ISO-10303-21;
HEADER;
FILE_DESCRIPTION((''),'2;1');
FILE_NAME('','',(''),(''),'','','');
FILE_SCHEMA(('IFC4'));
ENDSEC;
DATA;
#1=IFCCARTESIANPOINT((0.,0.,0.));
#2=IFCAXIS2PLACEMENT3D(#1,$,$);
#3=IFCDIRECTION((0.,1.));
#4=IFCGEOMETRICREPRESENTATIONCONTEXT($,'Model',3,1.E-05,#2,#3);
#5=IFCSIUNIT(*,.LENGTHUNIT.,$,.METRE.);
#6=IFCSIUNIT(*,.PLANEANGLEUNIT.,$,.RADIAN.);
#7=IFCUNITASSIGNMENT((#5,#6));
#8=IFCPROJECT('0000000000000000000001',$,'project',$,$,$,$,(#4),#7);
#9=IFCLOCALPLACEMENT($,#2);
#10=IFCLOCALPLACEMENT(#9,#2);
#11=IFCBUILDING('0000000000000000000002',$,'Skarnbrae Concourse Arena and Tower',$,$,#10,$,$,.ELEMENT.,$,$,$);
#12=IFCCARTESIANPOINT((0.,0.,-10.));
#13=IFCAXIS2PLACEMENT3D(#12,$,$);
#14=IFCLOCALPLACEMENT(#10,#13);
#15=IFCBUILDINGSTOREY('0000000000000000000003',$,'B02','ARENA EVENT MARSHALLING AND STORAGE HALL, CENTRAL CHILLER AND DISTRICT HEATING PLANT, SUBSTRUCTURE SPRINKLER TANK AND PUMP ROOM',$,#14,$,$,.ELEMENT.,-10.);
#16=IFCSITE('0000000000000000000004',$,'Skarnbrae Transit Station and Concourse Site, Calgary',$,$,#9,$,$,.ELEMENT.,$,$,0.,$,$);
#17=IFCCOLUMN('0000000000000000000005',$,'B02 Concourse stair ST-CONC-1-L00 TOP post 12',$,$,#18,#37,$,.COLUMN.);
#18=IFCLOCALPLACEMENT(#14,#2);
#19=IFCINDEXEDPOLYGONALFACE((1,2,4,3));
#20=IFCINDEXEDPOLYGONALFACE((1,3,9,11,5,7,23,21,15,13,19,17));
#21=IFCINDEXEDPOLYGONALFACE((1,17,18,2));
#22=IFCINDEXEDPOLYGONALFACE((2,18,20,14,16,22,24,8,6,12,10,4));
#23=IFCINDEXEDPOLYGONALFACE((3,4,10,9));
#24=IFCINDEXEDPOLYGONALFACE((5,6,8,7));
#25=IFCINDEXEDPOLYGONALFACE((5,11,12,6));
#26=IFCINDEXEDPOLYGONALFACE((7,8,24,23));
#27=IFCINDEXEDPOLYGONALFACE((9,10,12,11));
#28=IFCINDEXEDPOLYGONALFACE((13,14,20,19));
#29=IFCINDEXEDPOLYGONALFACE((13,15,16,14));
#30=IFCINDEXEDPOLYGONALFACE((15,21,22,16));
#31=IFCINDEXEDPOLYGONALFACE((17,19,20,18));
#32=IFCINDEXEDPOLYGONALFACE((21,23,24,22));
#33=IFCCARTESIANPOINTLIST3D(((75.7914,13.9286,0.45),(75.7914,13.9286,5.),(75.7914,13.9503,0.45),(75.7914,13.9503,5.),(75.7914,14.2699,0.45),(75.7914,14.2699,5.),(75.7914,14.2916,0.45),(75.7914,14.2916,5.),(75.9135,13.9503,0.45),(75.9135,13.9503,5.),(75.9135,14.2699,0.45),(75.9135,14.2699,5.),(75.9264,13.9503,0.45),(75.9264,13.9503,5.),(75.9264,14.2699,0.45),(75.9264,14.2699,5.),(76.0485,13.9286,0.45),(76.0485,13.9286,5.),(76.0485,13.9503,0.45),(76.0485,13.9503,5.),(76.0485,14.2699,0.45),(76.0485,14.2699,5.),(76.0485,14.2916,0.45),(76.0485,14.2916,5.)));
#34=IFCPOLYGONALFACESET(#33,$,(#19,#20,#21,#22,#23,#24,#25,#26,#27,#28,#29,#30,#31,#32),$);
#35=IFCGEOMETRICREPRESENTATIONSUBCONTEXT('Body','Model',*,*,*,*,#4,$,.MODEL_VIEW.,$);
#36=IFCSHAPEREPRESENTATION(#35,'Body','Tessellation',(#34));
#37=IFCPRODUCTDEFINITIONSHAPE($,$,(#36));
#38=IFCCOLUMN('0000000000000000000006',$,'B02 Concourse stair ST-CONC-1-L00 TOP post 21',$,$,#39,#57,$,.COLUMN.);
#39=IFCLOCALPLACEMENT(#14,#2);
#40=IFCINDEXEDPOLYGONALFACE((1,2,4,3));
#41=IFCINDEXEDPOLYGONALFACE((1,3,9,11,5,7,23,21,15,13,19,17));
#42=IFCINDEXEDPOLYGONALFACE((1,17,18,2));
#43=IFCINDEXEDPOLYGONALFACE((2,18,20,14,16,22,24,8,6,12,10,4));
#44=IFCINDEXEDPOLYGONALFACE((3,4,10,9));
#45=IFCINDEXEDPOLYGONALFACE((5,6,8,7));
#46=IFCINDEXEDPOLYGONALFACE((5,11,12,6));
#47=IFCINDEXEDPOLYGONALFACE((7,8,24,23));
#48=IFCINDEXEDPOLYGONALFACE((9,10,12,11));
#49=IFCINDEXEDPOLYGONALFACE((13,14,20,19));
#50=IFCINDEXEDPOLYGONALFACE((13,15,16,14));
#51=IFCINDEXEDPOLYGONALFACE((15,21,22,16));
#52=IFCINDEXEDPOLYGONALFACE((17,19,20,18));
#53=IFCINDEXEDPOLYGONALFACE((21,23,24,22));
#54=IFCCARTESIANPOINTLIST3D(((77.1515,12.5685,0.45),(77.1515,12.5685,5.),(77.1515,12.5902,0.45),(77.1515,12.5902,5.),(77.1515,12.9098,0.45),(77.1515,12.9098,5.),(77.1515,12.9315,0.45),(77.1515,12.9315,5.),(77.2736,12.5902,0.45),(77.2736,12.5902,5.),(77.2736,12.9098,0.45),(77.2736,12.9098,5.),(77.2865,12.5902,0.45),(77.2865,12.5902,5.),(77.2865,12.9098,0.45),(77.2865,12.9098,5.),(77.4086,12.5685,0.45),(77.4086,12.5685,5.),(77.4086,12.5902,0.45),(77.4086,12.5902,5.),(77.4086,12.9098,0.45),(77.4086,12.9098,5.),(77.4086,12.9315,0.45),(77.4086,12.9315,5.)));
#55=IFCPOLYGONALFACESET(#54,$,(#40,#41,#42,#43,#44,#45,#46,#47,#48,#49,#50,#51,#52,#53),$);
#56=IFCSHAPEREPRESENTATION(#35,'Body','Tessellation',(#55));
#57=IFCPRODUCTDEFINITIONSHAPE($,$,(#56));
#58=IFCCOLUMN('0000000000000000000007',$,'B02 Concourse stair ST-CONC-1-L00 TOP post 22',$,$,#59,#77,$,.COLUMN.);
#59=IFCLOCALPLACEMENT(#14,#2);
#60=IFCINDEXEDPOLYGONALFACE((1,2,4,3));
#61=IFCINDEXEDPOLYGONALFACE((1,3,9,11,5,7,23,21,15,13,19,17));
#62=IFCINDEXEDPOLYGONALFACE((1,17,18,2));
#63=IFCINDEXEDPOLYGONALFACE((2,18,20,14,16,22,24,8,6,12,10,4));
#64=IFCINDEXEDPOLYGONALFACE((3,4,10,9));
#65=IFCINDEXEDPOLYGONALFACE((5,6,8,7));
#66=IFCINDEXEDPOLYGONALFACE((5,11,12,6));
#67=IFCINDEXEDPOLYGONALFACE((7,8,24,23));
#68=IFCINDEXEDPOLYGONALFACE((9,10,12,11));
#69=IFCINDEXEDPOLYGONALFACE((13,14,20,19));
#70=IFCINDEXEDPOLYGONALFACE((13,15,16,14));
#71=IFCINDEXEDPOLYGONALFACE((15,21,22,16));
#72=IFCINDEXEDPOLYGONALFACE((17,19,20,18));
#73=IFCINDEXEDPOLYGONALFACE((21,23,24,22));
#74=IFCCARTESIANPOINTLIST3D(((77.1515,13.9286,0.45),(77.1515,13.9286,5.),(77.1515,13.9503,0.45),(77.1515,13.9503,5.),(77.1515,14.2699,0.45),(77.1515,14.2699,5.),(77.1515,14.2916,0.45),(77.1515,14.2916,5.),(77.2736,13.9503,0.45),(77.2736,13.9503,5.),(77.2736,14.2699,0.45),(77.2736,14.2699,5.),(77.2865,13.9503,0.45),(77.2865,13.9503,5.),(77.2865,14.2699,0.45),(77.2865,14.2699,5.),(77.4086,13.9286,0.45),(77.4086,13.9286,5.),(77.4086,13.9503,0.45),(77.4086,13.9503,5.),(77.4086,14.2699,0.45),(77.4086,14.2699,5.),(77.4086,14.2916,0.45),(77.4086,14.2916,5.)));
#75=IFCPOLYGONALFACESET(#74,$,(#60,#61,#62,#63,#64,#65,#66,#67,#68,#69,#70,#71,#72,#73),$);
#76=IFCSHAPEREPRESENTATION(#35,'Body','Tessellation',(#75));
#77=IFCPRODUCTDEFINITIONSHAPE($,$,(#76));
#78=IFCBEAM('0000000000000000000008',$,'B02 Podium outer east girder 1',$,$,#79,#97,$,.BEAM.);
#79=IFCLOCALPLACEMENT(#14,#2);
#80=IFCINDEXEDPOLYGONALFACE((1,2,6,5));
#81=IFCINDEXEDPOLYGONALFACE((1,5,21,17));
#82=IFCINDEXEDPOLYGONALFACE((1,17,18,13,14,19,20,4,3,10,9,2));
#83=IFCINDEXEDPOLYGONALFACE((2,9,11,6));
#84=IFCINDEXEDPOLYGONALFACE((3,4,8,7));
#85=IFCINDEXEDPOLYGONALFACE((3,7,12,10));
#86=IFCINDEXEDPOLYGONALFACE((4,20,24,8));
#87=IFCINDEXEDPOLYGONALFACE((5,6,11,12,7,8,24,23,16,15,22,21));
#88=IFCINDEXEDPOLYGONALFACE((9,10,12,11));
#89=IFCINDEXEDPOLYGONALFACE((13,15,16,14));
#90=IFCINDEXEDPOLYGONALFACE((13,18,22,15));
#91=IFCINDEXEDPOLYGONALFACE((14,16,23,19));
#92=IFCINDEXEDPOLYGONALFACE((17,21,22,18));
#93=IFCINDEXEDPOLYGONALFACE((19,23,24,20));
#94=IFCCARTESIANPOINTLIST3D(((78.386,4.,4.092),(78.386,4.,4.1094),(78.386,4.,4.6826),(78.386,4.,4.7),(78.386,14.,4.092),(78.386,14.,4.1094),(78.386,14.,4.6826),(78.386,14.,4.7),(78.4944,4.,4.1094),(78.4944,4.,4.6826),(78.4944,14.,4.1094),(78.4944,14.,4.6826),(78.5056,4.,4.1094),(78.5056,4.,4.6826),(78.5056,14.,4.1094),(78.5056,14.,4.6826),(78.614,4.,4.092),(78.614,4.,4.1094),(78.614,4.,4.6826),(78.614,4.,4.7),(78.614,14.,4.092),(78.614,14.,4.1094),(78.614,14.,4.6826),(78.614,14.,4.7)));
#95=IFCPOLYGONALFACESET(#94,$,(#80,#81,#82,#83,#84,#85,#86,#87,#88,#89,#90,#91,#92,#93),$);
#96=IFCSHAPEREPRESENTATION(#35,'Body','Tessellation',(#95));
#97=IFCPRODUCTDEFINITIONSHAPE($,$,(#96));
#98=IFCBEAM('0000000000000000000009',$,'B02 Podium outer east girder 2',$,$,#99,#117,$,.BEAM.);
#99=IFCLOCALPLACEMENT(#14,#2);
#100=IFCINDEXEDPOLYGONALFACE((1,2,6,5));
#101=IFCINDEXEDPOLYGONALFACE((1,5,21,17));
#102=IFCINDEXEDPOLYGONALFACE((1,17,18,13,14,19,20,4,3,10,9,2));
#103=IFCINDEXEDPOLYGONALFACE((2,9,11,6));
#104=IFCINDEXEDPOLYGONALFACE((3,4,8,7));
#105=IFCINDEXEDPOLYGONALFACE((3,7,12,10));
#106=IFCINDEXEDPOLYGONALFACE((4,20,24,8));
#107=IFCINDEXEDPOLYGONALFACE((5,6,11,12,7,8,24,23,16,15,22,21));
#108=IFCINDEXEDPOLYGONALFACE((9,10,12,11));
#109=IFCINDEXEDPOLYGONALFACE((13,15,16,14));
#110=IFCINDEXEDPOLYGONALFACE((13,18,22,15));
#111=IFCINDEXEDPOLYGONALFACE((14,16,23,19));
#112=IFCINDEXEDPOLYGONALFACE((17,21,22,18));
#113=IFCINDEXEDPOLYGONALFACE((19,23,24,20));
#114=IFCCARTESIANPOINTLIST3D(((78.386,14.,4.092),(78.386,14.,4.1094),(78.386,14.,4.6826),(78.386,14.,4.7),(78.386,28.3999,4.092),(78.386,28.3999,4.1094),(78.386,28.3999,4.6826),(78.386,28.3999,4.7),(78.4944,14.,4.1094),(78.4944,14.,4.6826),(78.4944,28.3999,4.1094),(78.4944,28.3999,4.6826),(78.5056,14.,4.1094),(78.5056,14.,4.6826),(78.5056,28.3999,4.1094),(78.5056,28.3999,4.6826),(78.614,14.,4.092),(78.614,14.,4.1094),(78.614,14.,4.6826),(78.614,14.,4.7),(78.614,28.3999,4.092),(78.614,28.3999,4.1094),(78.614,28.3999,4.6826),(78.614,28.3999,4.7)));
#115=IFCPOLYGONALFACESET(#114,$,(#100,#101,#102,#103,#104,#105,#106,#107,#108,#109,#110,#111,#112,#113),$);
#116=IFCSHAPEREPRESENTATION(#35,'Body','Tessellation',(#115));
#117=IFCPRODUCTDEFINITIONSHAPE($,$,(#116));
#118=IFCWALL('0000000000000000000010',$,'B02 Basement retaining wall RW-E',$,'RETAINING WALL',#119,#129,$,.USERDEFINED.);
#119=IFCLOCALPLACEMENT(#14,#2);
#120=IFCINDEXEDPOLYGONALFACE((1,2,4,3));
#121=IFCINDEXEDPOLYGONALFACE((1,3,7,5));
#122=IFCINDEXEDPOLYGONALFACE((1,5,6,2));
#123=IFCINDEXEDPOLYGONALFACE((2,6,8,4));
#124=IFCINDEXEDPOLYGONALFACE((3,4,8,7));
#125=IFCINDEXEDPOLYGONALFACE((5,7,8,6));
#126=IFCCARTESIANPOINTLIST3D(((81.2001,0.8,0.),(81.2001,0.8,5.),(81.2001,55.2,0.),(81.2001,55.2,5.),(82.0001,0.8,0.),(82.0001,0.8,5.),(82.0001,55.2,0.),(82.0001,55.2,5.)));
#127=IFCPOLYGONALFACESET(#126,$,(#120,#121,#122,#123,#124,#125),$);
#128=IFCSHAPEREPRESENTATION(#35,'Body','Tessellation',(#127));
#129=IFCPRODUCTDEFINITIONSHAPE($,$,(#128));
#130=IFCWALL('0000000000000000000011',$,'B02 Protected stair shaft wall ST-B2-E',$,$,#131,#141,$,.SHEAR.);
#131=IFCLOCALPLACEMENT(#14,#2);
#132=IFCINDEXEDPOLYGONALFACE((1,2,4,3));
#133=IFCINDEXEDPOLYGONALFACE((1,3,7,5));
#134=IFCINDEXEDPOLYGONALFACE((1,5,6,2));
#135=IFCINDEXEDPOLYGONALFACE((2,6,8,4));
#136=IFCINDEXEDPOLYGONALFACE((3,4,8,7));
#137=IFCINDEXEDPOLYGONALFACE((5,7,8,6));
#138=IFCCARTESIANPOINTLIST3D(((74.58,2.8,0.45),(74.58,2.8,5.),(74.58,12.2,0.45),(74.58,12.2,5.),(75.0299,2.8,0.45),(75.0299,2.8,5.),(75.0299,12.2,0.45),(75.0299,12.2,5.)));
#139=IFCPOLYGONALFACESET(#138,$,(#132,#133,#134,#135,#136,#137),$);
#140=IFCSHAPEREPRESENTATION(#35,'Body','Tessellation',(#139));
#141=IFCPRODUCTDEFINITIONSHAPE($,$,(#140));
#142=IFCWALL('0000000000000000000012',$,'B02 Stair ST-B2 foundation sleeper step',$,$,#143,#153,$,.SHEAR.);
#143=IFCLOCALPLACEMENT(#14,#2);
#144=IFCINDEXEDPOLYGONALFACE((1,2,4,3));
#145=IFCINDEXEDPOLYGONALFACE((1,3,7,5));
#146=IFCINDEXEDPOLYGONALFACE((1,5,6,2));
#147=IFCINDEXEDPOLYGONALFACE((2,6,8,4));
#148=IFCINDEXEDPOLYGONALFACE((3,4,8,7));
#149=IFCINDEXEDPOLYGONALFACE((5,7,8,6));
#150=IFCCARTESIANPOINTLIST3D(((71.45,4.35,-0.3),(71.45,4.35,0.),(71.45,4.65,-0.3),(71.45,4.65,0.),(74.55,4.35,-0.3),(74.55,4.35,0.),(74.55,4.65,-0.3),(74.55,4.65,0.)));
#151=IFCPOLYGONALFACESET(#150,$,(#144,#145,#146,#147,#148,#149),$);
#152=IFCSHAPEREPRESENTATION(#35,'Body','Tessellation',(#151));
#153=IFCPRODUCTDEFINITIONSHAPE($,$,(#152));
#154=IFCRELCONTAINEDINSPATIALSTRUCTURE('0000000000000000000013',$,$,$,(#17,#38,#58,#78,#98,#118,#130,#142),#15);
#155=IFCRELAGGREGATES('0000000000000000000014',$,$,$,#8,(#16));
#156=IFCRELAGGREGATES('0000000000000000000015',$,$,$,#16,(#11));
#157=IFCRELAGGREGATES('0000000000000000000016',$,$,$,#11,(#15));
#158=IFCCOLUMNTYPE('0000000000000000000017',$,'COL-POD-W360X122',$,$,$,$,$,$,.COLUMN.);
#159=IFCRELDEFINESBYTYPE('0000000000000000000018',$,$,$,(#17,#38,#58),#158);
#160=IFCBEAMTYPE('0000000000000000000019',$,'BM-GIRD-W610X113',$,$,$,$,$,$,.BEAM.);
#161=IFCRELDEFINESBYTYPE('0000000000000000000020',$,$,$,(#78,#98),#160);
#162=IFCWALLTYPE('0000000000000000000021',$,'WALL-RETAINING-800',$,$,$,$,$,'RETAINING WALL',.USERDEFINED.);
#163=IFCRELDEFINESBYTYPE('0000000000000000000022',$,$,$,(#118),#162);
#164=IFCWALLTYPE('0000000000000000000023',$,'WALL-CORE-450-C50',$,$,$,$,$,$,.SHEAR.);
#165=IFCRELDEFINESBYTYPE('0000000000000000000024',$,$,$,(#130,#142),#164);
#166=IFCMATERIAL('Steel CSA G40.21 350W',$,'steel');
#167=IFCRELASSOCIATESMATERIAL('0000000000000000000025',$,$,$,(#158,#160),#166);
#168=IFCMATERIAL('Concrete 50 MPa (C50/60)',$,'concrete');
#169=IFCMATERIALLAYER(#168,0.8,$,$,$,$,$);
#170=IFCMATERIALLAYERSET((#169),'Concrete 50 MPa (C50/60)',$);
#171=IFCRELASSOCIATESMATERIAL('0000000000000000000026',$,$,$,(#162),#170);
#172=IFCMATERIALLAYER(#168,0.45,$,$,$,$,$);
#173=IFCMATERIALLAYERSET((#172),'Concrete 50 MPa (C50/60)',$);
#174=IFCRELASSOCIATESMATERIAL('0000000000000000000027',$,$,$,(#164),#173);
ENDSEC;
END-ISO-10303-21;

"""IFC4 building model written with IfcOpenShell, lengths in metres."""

from ifc_helpers import new_model, si_unit, direction, frame, frame_2d, origin, origin_2d, place, context, subcontext, project, spatial, rectangle, i_section, extrude, source, transform, mapped, material, layer, layer_set, material_profile, profile_set, type_object, element, save


model = new_model("IFC4")

# Units and contexts
model_context = context("Model", 3, precision=1e-05, world=origin(), true_north=direction((0.0, 1.0)))
body_context = subcontext(model_context, "Body", "Model", "MODEL_VIEW")
ifc_project = project(units=[si_unit("LENGTHUNIT", "METRE"), si_unit("PLANEANGLEUNIT", "RADIAN")], contexts=[model_context])

# Site, building, storey
site_placement = place(None, origin())
site = spatial("IfcSite", under=ifc_project, at=site_placement, Name="Skarnbrae Transit Station and Concourse Site, Calgary", CompositionType="ELEMENT", RefElevation=0.0)
building_placement = place(site_placement, origin())
building = spatial("IfcBuilding", under=site, at=building_placement, Name="Skarnbrae Concourse Arena and Tower", CompositionType="ELEMENT")
storey_placement = place(building_placement, frame((0.0, 0.0, -10.0)))
storey = spatial("IfcBuildingStorey", under=building, at=storey_placement, Name="B02", Description="ARENA EVENT MARSHALLING AND STORAGE HALL, CENTRAL CHILLER AND DISTRICT HEATING PLANT, SUBSTRUCTURE SPRINKLER TANK AND PUMP ROOM", CompositionType="ELEMENT", Elevation=-10.0)

# Shared definitions
ifc_material_1 = material(Name="Concrete 50 MPa (C50/60)", Category="concrete")

# Columns
ifc_material_2 = material(Name="Steel CSA G40.21 350W", Category="steel")
ifc_material_profile_1 = material_profile(ifc_material_2, i_section(OverallWidth=0.2571, OverallDepth=0.363, WebThickness=0.0129, FlangeThickness=0.0217, at=origin_2d()), Name="W360X122")
ifc_profile_set_1 = profile_set([ifc_material_profile_1], Name="Steel CSA G40.21 350W")
column_type = type_object("IfcColumnType", Name="COL-POD-W360X122", PredefinedType="COLUMN", material=ifc_profile_set_1)
shared_shape_1 = source(origin(), body_context, "Body", "SweptSolid", [
    extrude(i_section(OverallWidth=0.2571, OverallDepth=0.363, WebThickness=0.0129, FlangeThickness=0.0217, at=origin_2d()), origin(), (0.0, 0.0, 1.0), 4.55),
])
for number, where, z_axis, x_axis, name in (
    (1, (75.9199, 14.1101, 0.45), (0.0, 0.0, 1.0), (1.0, 0.0, 0.0), "B02 Concourse stair ST-CONC-1-L00 TOP post 12"),
    (2, (77.28, 12.75, 0.45), (0.0, 0.0, 1.0), (1.0, 0.0, 0.0), "B02 Concourse stair ST-CONC-1-L00 TOP post 21"),
    (3, (77.28, 14.1101, 0.45), (0.0, 0.0, 1.0), (1.0, 0.0, 0.0), "B02 Concourse stair ST-CONC-1-L00 TOP post 22"),
):
    element("IfcColumn", number, at=place(storey_placement, frame(where, z_axis=z_axis, x_axis=x_axis)), inside=storey, type_object=column_type, Name=name, PredefinedType="COLUMN", context=body_context, shape_type="MappedRepresentation", body=[
        mapped(shared_shape_1, transform((0.0, 0.0, 0.0))),
    ])

# Beams
ifc_material_profile_2 = material_profile(ifc_material_2, i_section(OverallWidth=0.228, OverallDepth=0.6079, WebThickness=0.0112, FlangeThickness=0.0173, at=origin_2d()), Name="W610X113")
ifc_profile_set_2 = profile_set([ifc_material_profile_2], Name="Steel CSA G40.21 350W")
beam_type = type_object("IfcBeamType", Name="BM-GIRD-W610X113", PredefinedType="BEAM", material=ifc_profile_set_2)
shared_shape_2 = source(origin(), body_context, "Body", "SweptSolid", [
    extrude(i_section(OverallWidth=0.228, OverallDepth=0.6079, WebThickness=0.0112, FlangeThickness=0.0173, at=origin_2d()), origin(), (0.0, 0.0, 1.0), 10.0),
])
beam_1_placement = place(storey_placement, frame((78.5, 4.0, 4.396), z_axis=(0.0, 1.0, 0.0), x_axis=(-1.0, 0.0, 0.0)))
element("IfcBeam", 4, at=beam_1_placement, inside=storey, type_object=beam_type, Name="B02 Podium outer east girder 1", PredefinedType="BEAM", context=body_context, shape_type="MappedRepresentation", body=[
    mapped(shared_shape_2, transform((0.0, 0.0, 0.0))),
])
shared_shape_3 = source(origin(), body_context, "Body", "SweptSolid", [
    extrude(i_section(OverallWidth=0.228, OverallDepth=0.6079, WebThickness=0.0112, FlangeThickness=0.0173, at=origin_2d()), origin(), (0.0, 0.0, 1.0), 14.3999),
])
beam_2_placement = place(storey_placement, frame((78.5, 14.0, 4.396), z_axis=(0.0, 1.0, 0.0), x_axis=(-1.0, 0.0, 0.0)))
element("IfcBeam", 5, at=beam_2_placement, inside=storey, type_object=beam_type, Name="B02 Podium outer east girder 2", PredefinedType="BEAM", context=body_context, shape_type="MappedRepresentation", body=[
    mapped(shared_shape_3, transform((0.0, 0.0, 0.0))),
])

# Walls
ifc_layer_1 = layer(ifc_material_1, 0.8)
ifc_layer_set_1 = layer_set([ifc_layer_1], Name="Concrete 50 MPa (C50/60)")
wall_type_1 = type_object("IfcWallType", Name="WALL-RETAINING-800", ElementType="RETAINING WALL", PredefinedType="USERDEFINED", material=ifc_layer_set_1)
shared_shape_4 = source(origin(), body_context, "Body", "SweptSolid", [
    extrude(rectangle(XDim=54.3999, YDim=0.8, at=frame_2d((27.2, 0.0))), origin(), (0.0, 0.0, 1.0), 5.0),
])
wall_1_placement = place(storey_placement, frame((81.6001, 0.8, 0.0), z_axis=(0.0, 0.0, 1.0), x_axis=(0.0, 1.0, 0.0)))
element("IfcWall", 6, at=wall_1_placement, inside=storey, type_object=wall_type_1, Name="B02 Basement retaining wall RW-E", ObjectType="RETAINING WALL", PredefinedType="USERDEFINED", context=body_context, shape_type="MappedRepresentation", body=[
    mapped(shared_shape_4, transform((0.0, 0.0, 0.0))),
])
ifc_layer_2 = layer(ifc_material_1, 0.45)
ifc_layer_set_2 = layer_set([ifc_layer_2], Name="Concrete 50 MPa (C50/60)")
wall_type_2 = type_object("IfcWallType", Name="WALL-CORE-450-C50", PredefinedType="SHEAR", material=ifc_layer_set_2)
shared_shape_5 = source(origin(), body_context, "Body", "SweptSolid", [
    extrude(rectangle(XDim=9.3999, YDim=0.45, at=frame_2d((4.7, 0.0))), origin(), (0.0, 0.0, 1.0), 4.55),
])
wall_2_placement = place(storey_placement, frame((74.8049, 2.8, 0.45), z_axis=(0.0, 0.0, 1.0), x_axis=(0.0, 1.0, 0.0)))
element("IfcWall", 7, at=wall_2_placement, inside=storey, type_object=wall_type_2, Name="B02 Protected stair shaft wall ST-B2-E", PredefinedType="SHEAR", context=body_context, shape_type="MappedRepresentation", body=[
    mapped(shared_shape_5, transform((0.0, 0.0, 0.0))),
])
shared_shape_6 = source(origin(), body_context, "Body", "SweptSolid", [
    extrude(rectangle(XDim=3.1001, YDim=0.3, at=frame_2d((1.55, 0.0))), origin(), (0.0, 0.0, 1.0), 0.3),
])
wall_3_placement = place(storey_placement, frame((74.55, 4.5, -0.3), z_axis=(0.0, 0.0, 1.0), x_axis=(-1.0, 0.0, 0.0)))
element("IfcWall", 8, at=wall_3_placement, inside=storey, type_object=wall_type_2, Name="B02 Stair ST-B2 foundation sleeper step", PredefinedType="SHEAR", context=body_context, shape_type="MappedRepresentation", body=[
    mapped(shared_shape_6, transform((0.0, 0.0, 0.0))),
])

save(model, "model.ifc")
